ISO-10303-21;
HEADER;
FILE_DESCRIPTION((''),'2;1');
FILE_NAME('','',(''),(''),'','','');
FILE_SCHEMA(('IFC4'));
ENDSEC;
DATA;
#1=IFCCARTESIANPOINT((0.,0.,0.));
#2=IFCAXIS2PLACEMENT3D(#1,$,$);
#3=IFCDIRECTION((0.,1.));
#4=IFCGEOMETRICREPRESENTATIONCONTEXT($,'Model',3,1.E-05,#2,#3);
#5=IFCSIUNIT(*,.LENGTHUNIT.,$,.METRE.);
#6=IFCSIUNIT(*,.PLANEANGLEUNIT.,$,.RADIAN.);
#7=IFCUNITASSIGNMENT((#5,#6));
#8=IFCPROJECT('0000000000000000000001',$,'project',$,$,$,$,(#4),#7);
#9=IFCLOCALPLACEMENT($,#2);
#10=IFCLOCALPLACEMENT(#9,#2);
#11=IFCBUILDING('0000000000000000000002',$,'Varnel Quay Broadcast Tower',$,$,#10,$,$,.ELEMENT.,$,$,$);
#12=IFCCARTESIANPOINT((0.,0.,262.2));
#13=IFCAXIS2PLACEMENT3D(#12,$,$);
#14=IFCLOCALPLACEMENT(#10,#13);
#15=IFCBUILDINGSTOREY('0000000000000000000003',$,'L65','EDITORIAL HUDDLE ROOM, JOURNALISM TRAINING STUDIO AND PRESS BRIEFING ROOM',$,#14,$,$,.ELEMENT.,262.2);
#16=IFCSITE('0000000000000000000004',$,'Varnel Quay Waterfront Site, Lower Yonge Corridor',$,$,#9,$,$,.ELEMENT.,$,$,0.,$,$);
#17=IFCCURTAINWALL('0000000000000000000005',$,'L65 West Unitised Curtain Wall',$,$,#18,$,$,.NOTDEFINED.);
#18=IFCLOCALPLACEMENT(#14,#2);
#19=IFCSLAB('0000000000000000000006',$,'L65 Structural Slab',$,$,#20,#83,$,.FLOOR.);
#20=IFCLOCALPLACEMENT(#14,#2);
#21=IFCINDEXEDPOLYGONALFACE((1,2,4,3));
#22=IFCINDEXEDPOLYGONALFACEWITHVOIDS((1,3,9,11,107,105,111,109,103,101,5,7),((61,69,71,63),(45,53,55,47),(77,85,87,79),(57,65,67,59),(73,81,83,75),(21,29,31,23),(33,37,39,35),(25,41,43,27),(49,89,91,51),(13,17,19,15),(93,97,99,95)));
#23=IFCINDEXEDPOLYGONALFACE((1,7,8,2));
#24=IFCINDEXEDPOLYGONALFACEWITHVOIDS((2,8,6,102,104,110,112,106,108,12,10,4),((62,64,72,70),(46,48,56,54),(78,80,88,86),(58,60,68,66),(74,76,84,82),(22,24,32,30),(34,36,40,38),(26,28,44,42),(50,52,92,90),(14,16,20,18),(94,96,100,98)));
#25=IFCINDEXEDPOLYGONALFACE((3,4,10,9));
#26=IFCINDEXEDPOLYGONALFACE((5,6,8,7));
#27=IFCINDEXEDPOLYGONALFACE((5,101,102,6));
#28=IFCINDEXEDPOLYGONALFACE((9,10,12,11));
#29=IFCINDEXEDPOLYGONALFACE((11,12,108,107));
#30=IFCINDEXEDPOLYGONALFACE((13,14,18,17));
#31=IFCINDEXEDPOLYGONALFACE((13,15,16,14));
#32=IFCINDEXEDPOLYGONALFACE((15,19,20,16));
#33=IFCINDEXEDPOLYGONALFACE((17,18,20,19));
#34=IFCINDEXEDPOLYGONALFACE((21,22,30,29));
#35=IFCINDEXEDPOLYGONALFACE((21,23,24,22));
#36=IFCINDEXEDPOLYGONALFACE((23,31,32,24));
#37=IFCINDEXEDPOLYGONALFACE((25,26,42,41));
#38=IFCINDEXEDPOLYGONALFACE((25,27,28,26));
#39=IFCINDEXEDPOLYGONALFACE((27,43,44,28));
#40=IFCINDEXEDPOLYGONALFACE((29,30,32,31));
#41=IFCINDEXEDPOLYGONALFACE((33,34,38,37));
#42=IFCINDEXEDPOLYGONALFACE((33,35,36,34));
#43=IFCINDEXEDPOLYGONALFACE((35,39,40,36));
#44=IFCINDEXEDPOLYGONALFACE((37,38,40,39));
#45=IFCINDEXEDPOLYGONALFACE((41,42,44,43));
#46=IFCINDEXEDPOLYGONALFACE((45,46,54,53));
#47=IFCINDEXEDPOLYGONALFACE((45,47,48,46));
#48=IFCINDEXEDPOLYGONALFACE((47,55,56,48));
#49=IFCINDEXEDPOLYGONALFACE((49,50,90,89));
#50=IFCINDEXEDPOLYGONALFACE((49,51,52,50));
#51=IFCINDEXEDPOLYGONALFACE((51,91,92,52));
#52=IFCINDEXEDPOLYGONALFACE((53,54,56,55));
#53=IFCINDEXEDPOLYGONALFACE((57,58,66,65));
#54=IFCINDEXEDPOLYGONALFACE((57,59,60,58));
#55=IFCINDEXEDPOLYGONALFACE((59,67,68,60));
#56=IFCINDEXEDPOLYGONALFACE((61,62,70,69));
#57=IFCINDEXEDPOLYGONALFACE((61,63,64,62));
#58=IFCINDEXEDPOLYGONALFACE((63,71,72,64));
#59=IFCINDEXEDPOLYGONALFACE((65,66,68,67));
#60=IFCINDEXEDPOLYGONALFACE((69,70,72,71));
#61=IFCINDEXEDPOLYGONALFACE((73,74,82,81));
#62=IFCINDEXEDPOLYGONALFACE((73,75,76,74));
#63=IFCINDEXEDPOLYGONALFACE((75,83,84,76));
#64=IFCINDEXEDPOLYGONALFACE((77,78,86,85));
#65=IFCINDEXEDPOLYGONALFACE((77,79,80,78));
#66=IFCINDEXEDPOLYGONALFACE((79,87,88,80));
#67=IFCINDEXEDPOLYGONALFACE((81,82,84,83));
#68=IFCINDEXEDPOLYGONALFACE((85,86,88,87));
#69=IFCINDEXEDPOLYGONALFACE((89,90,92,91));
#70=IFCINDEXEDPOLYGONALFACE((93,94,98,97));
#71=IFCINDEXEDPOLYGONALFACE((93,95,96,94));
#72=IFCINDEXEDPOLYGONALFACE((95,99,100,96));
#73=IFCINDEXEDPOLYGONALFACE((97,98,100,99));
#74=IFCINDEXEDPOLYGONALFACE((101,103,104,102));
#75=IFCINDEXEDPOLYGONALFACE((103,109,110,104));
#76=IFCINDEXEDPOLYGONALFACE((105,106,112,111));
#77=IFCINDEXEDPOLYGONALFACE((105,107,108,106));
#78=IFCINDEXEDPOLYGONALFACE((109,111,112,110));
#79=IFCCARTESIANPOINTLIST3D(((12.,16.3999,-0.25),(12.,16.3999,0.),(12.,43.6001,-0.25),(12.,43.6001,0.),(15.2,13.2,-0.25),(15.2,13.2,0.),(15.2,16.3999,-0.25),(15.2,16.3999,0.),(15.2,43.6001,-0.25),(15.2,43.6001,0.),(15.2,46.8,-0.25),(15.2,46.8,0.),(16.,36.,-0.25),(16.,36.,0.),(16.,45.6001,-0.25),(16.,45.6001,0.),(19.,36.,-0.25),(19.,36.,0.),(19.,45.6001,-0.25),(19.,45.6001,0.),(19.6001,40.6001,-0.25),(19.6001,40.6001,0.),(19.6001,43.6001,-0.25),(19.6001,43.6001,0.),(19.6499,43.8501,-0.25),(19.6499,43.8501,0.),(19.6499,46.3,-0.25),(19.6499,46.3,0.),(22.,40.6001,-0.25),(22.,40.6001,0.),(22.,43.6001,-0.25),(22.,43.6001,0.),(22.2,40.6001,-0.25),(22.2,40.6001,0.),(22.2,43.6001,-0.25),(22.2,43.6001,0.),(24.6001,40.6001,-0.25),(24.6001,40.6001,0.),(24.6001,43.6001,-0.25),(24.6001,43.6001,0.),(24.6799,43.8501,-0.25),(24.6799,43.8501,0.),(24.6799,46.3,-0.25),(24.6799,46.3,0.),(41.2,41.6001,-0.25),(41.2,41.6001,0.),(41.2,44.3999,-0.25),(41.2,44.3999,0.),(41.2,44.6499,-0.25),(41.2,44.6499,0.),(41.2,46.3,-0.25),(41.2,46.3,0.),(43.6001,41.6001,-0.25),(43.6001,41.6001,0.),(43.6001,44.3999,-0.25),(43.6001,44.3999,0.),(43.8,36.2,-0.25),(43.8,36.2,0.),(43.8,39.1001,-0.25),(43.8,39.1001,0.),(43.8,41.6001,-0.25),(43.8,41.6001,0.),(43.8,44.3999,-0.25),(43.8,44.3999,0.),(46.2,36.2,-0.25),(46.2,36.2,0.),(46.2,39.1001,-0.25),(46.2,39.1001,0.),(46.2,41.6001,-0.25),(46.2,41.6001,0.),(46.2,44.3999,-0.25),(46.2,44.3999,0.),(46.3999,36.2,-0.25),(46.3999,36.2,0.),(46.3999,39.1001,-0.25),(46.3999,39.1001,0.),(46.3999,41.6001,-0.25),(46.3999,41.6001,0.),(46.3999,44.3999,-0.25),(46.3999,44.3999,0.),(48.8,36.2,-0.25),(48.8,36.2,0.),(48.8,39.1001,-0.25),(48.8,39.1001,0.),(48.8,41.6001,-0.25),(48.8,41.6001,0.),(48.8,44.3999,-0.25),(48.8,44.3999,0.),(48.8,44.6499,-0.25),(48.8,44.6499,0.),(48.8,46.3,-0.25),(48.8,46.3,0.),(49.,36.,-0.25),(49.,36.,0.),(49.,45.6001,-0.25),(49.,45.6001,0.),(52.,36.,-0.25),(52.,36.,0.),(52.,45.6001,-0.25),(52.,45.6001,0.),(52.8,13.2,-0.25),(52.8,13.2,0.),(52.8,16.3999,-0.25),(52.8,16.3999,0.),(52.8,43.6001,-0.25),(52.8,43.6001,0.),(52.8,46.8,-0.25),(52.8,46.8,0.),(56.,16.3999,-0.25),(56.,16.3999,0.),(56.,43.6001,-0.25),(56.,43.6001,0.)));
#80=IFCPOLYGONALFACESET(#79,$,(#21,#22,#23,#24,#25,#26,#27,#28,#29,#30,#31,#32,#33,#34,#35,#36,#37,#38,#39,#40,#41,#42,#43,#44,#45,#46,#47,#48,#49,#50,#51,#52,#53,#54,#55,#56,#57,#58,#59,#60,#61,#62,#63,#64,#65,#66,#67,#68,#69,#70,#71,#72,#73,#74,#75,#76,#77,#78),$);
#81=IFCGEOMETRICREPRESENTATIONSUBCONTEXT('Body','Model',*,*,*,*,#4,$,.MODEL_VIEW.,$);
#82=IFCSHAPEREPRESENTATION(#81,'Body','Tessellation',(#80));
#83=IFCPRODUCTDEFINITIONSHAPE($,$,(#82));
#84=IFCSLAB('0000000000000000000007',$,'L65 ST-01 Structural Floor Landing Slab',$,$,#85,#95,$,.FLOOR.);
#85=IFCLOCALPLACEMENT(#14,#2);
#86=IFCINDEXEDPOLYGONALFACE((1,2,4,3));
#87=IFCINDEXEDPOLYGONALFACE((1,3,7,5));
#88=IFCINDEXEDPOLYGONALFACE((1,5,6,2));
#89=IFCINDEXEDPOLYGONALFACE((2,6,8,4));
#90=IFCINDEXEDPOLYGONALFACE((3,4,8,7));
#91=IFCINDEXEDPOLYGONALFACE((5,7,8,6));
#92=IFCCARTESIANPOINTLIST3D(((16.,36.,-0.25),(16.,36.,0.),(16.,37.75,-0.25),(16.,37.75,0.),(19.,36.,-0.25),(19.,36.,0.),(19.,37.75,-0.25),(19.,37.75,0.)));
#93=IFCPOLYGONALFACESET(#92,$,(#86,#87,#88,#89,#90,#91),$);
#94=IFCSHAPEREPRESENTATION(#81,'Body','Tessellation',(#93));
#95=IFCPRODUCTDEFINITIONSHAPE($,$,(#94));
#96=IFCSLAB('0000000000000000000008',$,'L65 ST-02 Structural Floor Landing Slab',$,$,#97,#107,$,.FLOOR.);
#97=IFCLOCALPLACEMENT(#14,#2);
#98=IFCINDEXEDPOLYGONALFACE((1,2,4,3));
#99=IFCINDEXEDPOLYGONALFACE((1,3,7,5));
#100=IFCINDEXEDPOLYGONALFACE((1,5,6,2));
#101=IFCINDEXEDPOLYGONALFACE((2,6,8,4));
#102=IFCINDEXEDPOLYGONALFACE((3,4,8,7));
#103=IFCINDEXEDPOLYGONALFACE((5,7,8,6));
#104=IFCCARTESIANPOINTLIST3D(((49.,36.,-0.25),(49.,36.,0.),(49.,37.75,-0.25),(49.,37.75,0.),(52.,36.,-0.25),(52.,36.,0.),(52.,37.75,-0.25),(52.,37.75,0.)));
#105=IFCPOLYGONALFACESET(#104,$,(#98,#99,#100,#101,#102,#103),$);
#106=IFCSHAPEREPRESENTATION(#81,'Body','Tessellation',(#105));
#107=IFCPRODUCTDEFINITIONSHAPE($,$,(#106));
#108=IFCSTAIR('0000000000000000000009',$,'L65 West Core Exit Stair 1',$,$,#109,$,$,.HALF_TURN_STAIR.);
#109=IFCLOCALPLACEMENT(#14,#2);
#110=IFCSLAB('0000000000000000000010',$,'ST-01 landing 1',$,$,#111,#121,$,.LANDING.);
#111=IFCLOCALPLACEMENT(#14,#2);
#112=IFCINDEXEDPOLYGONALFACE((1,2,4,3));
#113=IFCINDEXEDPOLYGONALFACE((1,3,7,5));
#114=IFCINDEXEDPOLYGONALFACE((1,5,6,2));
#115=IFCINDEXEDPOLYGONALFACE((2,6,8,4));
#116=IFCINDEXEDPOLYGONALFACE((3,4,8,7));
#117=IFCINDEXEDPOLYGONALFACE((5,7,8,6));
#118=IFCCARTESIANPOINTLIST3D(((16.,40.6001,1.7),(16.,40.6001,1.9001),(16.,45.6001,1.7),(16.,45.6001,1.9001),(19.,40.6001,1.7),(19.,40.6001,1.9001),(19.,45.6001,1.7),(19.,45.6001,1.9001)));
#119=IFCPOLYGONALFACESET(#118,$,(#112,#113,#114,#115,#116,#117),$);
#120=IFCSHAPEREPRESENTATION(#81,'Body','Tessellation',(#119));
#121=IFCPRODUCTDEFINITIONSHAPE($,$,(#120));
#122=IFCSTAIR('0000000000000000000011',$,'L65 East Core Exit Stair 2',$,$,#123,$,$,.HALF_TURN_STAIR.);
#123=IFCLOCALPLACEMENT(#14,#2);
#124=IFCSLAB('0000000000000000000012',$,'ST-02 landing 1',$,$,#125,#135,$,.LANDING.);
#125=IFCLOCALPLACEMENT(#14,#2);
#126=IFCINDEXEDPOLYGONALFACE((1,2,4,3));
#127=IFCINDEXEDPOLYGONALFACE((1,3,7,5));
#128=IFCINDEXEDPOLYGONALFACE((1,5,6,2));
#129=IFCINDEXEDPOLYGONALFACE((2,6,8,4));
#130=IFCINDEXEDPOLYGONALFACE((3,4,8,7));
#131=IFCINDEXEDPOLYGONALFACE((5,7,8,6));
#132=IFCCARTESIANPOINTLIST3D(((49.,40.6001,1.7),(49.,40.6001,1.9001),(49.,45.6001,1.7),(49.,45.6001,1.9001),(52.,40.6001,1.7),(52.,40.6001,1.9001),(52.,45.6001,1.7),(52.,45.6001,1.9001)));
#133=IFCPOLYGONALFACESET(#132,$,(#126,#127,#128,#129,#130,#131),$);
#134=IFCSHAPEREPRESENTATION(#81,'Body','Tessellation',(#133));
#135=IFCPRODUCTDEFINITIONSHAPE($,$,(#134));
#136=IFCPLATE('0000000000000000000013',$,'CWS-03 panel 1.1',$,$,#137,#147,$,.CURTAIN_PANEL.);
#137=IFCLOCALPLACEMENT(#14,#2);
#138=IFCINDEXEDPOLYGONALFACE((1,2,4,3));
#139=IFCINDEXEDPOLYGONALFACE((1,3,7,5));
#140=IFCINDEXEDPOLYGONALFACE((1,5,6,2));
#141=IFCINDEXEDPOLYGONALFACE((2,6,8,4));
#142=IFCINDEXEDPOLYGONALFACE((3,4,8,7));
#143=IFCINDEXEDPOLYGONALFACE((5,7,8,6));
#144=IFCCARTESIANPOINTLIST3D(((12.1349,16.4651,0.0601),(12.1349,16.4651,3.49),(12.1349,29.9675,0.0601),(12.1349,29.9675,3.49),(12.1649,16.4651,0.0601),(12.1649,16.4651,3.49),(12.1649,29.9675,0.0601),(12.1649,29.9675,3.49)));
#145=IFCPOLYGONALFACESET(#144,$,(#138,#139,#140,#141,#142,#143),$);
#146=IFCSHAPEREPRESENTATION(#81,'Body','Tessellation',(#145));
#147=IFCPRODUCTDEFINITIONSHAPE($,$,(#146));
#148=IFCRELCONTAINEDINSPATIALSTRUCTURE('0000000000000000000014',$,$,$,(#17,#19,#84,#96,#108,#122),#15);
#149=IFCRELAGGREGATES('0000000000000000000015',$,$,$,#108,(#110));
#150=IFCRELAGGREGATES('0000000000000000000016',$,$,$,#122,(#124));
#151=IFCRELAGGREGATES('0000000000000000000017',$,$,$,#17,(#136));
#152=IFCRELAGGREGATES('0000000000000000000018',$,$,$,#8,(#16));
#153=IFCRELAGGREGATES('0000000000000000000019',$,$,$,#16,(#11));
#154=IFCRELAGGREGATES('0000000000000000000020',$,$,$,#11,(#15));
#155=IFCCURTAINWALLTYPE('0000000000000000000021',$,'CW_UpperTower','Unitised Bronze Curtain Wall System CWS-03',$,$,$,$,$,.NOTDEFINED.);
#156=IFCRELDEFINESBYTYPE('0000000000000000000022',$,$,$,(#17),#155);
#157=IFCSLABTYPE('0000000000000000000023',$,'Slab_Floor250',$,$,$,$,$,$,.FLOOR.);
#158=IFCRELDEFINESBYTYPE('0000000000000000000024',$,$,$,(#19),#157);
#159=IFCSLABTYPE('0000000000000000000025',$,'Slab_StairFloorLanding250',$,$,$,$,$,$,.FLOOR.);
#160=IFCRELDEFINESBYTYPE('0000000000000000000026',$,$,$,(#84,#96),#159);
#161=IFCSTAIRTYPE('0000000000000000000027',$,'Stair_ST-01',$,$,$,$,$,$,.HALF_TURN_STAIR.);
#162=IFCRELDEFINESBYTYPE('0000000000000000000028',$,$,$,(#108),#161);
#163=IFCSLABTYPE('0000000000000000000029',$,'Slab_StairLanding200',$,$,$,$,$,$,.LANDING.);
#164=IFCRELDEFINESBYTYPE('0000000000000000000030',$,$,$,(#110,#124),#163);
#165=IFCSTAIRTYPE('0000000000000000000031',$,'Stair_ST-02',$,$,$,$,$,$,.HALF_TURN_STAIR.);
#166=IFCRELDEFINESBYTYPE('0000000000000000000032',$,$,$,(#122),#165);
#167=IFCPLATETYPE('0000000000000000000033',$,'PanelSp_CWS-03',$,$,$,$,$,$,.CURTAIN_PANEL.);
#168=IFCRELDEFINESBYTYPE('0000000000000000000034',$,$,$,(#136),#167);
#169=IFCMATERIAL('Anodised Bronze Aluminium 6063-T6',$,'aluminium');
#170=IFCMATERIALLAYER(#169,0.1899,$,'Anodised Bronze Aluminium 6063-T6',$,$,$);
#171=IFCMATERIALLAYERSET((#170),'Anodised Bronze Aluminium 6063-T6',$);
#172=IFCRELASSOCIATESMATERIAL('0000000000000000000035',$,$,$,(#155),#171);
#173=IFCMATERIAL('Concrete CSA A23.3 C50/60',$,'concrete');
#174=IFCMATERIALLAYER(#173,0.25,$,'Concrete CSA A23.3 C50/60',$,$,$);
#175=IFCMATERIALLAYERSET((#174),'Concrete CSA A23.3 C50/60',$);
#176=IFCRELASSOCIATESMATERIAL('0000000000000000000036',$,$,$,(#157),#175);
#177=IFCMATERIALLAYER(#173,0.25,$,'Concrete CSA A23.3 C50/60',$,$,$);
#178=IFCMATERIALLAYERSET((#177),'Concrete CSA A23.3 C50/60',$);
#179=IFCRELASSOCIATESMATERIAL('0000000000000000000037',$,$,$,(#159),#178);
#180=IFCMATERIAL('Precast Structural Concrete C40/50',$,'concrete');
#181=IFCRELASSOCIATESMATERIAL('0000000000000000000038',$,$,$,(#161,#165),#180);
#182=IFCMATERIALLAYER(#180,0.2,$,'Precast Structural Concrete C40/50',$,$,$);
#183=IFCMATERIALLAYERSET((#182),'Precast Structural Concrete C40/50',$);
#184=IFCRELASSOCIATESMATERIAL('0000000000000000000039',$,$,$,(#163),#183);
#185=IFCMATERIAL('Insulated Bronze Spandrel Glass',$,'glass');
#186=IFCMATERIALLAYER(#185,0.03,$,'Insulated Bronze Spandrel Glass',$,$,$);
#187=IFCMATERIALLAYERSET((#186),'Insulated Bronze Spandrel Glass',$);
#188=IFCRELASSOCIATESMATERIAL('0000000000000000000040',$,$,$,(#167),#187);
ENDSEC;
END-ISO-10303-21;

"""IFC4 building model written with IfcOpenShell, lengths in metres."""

from ifc_helpers import new_model, si_unit, direction, frame, origin, origin_2d, place, context, subcontext, project, spatial, polyline, rectangle, outline, extrude, source, transform, mapped, material, layer, layer_set, type_object, type_shapes, element, aggregate, save


model = new_model("IFC4")

# Units and contexts
model_context = context("Model", 3, precision=1e-05, world=origin(), true_north=direction((0.0, 1.0)))
body_context = subcontext(model_context, "Body", "Model", "MODEL_VIEW")
ifc_project = project(units=[si_unit("LENGTHUNIT", "METRE"), si_unit("PLANEANGLEUNIT", "RADIAN")], contexts=[model_context])

# Site, building, storey
site_placement = place(None, origin())
site = spatial("IfcSite", under=ifc_project, at=site_placement, Name="Varnel Quay Waterfront Site, Lower Yonge Corridor", CompositionType="ELEMENT", RefElevation=0.0)
building_placement = place(site_placement, origin())
building = spatial("IfcBuilding", under=site, at=building_placement, Name="Varnel Quay Broadcast Tower", CompositionType="ELEMENT")
storey_placement = place(building_placement, frame((0.0, 0.0, 262.2)))
storey = spatial("IfcBuildingStorey", under=building, at=storey_placement, Name="L65", Description="EDITORIAL HUDDLE ROOM, JOURNALISM TRAINING STUDIO AND PRESS BRIEFING ROOM", CompositionType="ELEMENT", Elevation=262.2)

# Shared definitions
ifc_material_1 = material(Name="Anodised Bronze Aluminium 6063-T6", Category="aluminium")

# Curtain wall
ifc_layer_1 = layer(ifc_material_1, 0.1899, Name="Anodised Bronze Aluminium 6063-T6")
ifc_layer_set_1 = layer_set([ifc_layer_1], Name="Anodised Bronze Aluminium 6063-T6")
curtain_wall_type_1 = type_object("IfcCurtainWallType", Name="CW_UpperTower", Description="Unitised Bronze Curtain Wall System CWS-03", PredefinedType="NOTDEFINED", material=ifc_layer_set_1)
curtain_wall_1_placement = place(storey_placement, origin())
curtain_wall_1 = element("IfcCurtainWall", 1, at=curtain_wall_1_placement, inside=storey, type_object=curtain_wall_type_1, Name="L65 West Unitised Curtain Wall", PredefinedType="NOTDEFINED")

# Slabs
ifc_material_2 = material(Name="Concrete CSA A23.3 C50/60", Category="concrete")
ifc_layer_2 = layer(ifc_material_2, 0.25, Name="Concrete CSA A23.3 C50/60")
ifc_layer_set_2 = layer_set([ifc_layer_2], Name="Concrete CSA A23.3 C50/60")
slab_type_1 = type_object("IfcSlabType", Name="Slab_Floor250", PredefinedType="FLOOR", material=ifc_layer_set_2)
slab_1_placement = place(storey_placement, frame((0.0, 0.0, -0.25)))
element("IfcSlab", 2, at=slab_1_placement, inside=storey, type_object=slab_type_1, Name="L65 Structural Slab", PredefinedType="FLOOR", context=body_context, shape_type="SweptSolid", body=[
    extrude(outline(polyline([(15.2, 13.2), (52.8, 13.2), (52.8, 16.3999), (56.0, 16.3999), (56.0, 43.6001), (52.8, 43.6001), (52.8, 46.8), (15.2, 46.8), (15.2, 43.6001), (12.0, 43.6001), (12.0, 16.3999), (15.2, 16.3999), (15.2, 13.2)]), holes=[polyline([(19.0, 36.0), (16.0, 36.0), (16.0, 45.6001), (19.0, 45.6001), (19.0, 36.0)]), polyline([(19.6001, 40.6001), (19.6001, 43.6001), (22.0, 43.6001), (22.0, 40.6001), (19.6001, 40.6001)]), polyline([(22.2, 40.6001), (22.2, 43.6001), (24.6001, 43.6001), (24.6001, 40.6001), (22.2, 40.6001)]), polyline([(41.2, 44.3999), (43.6001, 44.3999), (43.6001, 41.6001), (41.2, 41.6001), (41.2, 44.3999)]), polyline([(43.8, 44.3999), (46.2, 44.3999), (46.2, 41.6001), (43.8, 41.6001), (43.8, 44.3999)]), polyline([(19.6499, 43.8501), (19.6499, 46.3), (24.6799, 46.3), (24.6799, 43.8501), (19.6499, 43.8501)]), polyline([(43.8, 39.1001), (46.2, 39.1001), (46.2, 36.2), (43.8, 36.2), (43.8, 39.1001)]), polyline([(46.3999, 39.1001), (48.8, 39.1001), (48.8, 36.2), (46.3999, 36.2), (46.3999, 39.1001)]), polyline([(52.0, 36.0), (49.0, 36.0), (49.0, 45.6001), (52.0, 45.6001), (52.0, 36.0)]), polyline([(46.3999, 44.3999), (48.8, 44.3999), (48.8, 41.6001), (46.3999, 41.6001), (46.3999, 44.3999)]), polyline([(41.2, 46.3), (48.8, 46.3), (48.8, 44.6499), (41.2, 44.6499), (41.2, 46.3)])]), origin(), (0.0, 0.0, 1.0), 0.25),
])
ifc_layer_3 = layer(ifc_material_2, 0.25, Name="Concrete CSA A23.3 C50/60")
ifc_layer_set_3 = layer_set([ifc_layer_3], Name="Concrete CSA A23.3 C50/60")
slab_type_2 = type_object("IfcSlabType", Name="Slab_StairFloorLanding250", PredefinedType="FLOOR", material=ifc_layer_set_3)
slab_2_placement = place(storey_placement, frame((0.0, 0.0, -0.25)))
element("IfcSlab", 3, at=slab_2_placement, inside=storey, type_object=slab_type_2, Name="L65 ST-01 Structural Floor Landing Slab", PredefinedType="FLOOR", context=body_context, shape_type="SweptSolid", body=[
    extrude(outline(polyline([(19.0, 36.0), (19.0, 37.75), (16.0, 37.75), (16.0, 36.0), (19.0, 36.0)])), origin(), (0.0, 0.0, 1.0), 0.25),
])
slab_3_placement = place(storey_placement, frame((0.0, 0.0, -0.25)))
element("IfcSlab", 4, at=slab_3_placement, inside=storey, type_object=slab_type_2, Name="L65 ST-02 Structural Floor Landing Slab", PredefinedType="FLOOR", context=body_context, shape_type="SweptSolid", body=[
    extrude(outline(polyline([(52.0, 36.0), (52.0, 37.75), (49.0, 37.75), (49.0, 36.0), (52.0, 36.0)])), origin(), (0.0, 0.0, 1.0), 0.25),
])

# Stairs, slabs
ifc_material_3 = material(Name="Precast Structural Concrete C40/50", Category="concrete")
stair_type_1 = type_object("IfcStairType", Name="Stair_ST-01", PredefinedType="HALF_TURN_STAIR", material=ifc_material_3)
stair_1_placement = place(storey_placement, origin())
stair_1 = element("IfcStair", 5, at=stair_1_placement, inside=storey, type_object=stair_type_1, Name="L65 West Core Exit Stair 1", PredefinedType="HALF_TURN_STAIR")
ifc_layer_4 = layer(ifc_material_3, 0.2, Name="Precast Structural Concrete C40/50")
ifc_layer_set_4 = layer_set([ifc_layer_4], Name="Precast Structural Concrete C40/50")
slab_type_3 = type_object("IfcSlabType", Name="Slab_StairLanding200", PredefinedType="LANDING", material=ifc_layer_set_4)
slab_4_placement = place(storey_placement, frame((0.0, 0.0, 1.7)))
slab_4 = element("IfcSlab", 6, at=slab_4_placement, type_object=slab_type_3, Name="ST-01 landing 1", PredefinedType="LANDING", context=body_context, shape_type="SweptSolid", body=[
    extrude(outline(polyline([(19.0, 40.6001), (19.0, 45.6001), (16.0, 45.6001), (16.0, 40.6001), (19.0, 40.6001)])), origin(), (0.0, 0.0, 1.0), 0.2002),
])
aggregate(stair_1, [slab_4])
stair_type_2 = type_object("IfcStairType", Name="Stair_ST-02", PredefinedType="HALF_TURN_STAIR", material=ifc_material_3)
stair_2_placement = place(storey_placement, origin())
stair_2 = element("IfcStair", 7, at=stair_2_placement, inside=storey, type_object=stair_type_2, Name="L65 East Core Exit Stair 2", PredefinedType="HALF_TURN_STAIR")
slab_5_placement = place(storey_placement, frame((0.0, 0.0, 1.7)))
slab_5 = element("IfcSlab", 8, at=slab_5_placement, type_object=slab_type_3, Name="ST-02 landing 1", PredefinedType="LANDING", context=body_context, shape_type="SweptSolid", body=[
    extrude(outline(polyline([(52.0, 40.6001), (52.0, 45.6001), (49.0, 45.6001), (49.0, 40.6001), (52.0, 40.6001)])), origin(), (0.0, 0.0, 1.0), 0.2002),
])
aggregate(stair_2, [slab_5])

# Plate
ifc_material_4 = material(Name="Insulated Bronze Spandrel Glass", Category="glass")
ifc_layer_5 = layer(ifc_material_4, 0.03, Name="Insulated Bronze Spandrel Glass")
ifc_layer_set_5 = layer_set([ifc_layer_5], Name="Insulated Bronze Spandrel Glass")
plate_type = type_object("IfcPlateType", Name="PanelSp_CWS-03", PredefinedType="CURTAIN_PANEL", material=ifc_layer_set_5)
shared_shape_1 = source(origin(), body_context, "Body", "SweptSolid", [
    extrude(rectangle(XDim=13.5024, YDim=0.03, at=origin_2d()), origin(), (0.0, 0.0, 1.0), 3.4299),
])
type_shapes(plate_type, [shared_shape_1])
plate_placement = place(storey_placement, frame((12.1499, 23.2163, 0.0601), z_axis=(0.0, 0.0, 1.0), x_axis=(0.0, 1.0, 0.0)))
plate = element("IfcPlate", 9, at=plate_placement, type_object=plate_type, Name="CWS-03 panel 1.1", PredefinedType="CURTAIN_PANEL", context=body_context, shape_type="MappedRepresentation", body=[
    mapped(shared_shape_1, transform((0.0, 0.0, 0.0), x_axis=(1.0, 0.0, 0.0), y_axis=(0.0, 1.0, 0.0), z_axis=(0.0, 0.0, 1.0), scale=1.0)),
])
aggregate(curtain_wall_1, [plate])

save(model, "model.ifc")
